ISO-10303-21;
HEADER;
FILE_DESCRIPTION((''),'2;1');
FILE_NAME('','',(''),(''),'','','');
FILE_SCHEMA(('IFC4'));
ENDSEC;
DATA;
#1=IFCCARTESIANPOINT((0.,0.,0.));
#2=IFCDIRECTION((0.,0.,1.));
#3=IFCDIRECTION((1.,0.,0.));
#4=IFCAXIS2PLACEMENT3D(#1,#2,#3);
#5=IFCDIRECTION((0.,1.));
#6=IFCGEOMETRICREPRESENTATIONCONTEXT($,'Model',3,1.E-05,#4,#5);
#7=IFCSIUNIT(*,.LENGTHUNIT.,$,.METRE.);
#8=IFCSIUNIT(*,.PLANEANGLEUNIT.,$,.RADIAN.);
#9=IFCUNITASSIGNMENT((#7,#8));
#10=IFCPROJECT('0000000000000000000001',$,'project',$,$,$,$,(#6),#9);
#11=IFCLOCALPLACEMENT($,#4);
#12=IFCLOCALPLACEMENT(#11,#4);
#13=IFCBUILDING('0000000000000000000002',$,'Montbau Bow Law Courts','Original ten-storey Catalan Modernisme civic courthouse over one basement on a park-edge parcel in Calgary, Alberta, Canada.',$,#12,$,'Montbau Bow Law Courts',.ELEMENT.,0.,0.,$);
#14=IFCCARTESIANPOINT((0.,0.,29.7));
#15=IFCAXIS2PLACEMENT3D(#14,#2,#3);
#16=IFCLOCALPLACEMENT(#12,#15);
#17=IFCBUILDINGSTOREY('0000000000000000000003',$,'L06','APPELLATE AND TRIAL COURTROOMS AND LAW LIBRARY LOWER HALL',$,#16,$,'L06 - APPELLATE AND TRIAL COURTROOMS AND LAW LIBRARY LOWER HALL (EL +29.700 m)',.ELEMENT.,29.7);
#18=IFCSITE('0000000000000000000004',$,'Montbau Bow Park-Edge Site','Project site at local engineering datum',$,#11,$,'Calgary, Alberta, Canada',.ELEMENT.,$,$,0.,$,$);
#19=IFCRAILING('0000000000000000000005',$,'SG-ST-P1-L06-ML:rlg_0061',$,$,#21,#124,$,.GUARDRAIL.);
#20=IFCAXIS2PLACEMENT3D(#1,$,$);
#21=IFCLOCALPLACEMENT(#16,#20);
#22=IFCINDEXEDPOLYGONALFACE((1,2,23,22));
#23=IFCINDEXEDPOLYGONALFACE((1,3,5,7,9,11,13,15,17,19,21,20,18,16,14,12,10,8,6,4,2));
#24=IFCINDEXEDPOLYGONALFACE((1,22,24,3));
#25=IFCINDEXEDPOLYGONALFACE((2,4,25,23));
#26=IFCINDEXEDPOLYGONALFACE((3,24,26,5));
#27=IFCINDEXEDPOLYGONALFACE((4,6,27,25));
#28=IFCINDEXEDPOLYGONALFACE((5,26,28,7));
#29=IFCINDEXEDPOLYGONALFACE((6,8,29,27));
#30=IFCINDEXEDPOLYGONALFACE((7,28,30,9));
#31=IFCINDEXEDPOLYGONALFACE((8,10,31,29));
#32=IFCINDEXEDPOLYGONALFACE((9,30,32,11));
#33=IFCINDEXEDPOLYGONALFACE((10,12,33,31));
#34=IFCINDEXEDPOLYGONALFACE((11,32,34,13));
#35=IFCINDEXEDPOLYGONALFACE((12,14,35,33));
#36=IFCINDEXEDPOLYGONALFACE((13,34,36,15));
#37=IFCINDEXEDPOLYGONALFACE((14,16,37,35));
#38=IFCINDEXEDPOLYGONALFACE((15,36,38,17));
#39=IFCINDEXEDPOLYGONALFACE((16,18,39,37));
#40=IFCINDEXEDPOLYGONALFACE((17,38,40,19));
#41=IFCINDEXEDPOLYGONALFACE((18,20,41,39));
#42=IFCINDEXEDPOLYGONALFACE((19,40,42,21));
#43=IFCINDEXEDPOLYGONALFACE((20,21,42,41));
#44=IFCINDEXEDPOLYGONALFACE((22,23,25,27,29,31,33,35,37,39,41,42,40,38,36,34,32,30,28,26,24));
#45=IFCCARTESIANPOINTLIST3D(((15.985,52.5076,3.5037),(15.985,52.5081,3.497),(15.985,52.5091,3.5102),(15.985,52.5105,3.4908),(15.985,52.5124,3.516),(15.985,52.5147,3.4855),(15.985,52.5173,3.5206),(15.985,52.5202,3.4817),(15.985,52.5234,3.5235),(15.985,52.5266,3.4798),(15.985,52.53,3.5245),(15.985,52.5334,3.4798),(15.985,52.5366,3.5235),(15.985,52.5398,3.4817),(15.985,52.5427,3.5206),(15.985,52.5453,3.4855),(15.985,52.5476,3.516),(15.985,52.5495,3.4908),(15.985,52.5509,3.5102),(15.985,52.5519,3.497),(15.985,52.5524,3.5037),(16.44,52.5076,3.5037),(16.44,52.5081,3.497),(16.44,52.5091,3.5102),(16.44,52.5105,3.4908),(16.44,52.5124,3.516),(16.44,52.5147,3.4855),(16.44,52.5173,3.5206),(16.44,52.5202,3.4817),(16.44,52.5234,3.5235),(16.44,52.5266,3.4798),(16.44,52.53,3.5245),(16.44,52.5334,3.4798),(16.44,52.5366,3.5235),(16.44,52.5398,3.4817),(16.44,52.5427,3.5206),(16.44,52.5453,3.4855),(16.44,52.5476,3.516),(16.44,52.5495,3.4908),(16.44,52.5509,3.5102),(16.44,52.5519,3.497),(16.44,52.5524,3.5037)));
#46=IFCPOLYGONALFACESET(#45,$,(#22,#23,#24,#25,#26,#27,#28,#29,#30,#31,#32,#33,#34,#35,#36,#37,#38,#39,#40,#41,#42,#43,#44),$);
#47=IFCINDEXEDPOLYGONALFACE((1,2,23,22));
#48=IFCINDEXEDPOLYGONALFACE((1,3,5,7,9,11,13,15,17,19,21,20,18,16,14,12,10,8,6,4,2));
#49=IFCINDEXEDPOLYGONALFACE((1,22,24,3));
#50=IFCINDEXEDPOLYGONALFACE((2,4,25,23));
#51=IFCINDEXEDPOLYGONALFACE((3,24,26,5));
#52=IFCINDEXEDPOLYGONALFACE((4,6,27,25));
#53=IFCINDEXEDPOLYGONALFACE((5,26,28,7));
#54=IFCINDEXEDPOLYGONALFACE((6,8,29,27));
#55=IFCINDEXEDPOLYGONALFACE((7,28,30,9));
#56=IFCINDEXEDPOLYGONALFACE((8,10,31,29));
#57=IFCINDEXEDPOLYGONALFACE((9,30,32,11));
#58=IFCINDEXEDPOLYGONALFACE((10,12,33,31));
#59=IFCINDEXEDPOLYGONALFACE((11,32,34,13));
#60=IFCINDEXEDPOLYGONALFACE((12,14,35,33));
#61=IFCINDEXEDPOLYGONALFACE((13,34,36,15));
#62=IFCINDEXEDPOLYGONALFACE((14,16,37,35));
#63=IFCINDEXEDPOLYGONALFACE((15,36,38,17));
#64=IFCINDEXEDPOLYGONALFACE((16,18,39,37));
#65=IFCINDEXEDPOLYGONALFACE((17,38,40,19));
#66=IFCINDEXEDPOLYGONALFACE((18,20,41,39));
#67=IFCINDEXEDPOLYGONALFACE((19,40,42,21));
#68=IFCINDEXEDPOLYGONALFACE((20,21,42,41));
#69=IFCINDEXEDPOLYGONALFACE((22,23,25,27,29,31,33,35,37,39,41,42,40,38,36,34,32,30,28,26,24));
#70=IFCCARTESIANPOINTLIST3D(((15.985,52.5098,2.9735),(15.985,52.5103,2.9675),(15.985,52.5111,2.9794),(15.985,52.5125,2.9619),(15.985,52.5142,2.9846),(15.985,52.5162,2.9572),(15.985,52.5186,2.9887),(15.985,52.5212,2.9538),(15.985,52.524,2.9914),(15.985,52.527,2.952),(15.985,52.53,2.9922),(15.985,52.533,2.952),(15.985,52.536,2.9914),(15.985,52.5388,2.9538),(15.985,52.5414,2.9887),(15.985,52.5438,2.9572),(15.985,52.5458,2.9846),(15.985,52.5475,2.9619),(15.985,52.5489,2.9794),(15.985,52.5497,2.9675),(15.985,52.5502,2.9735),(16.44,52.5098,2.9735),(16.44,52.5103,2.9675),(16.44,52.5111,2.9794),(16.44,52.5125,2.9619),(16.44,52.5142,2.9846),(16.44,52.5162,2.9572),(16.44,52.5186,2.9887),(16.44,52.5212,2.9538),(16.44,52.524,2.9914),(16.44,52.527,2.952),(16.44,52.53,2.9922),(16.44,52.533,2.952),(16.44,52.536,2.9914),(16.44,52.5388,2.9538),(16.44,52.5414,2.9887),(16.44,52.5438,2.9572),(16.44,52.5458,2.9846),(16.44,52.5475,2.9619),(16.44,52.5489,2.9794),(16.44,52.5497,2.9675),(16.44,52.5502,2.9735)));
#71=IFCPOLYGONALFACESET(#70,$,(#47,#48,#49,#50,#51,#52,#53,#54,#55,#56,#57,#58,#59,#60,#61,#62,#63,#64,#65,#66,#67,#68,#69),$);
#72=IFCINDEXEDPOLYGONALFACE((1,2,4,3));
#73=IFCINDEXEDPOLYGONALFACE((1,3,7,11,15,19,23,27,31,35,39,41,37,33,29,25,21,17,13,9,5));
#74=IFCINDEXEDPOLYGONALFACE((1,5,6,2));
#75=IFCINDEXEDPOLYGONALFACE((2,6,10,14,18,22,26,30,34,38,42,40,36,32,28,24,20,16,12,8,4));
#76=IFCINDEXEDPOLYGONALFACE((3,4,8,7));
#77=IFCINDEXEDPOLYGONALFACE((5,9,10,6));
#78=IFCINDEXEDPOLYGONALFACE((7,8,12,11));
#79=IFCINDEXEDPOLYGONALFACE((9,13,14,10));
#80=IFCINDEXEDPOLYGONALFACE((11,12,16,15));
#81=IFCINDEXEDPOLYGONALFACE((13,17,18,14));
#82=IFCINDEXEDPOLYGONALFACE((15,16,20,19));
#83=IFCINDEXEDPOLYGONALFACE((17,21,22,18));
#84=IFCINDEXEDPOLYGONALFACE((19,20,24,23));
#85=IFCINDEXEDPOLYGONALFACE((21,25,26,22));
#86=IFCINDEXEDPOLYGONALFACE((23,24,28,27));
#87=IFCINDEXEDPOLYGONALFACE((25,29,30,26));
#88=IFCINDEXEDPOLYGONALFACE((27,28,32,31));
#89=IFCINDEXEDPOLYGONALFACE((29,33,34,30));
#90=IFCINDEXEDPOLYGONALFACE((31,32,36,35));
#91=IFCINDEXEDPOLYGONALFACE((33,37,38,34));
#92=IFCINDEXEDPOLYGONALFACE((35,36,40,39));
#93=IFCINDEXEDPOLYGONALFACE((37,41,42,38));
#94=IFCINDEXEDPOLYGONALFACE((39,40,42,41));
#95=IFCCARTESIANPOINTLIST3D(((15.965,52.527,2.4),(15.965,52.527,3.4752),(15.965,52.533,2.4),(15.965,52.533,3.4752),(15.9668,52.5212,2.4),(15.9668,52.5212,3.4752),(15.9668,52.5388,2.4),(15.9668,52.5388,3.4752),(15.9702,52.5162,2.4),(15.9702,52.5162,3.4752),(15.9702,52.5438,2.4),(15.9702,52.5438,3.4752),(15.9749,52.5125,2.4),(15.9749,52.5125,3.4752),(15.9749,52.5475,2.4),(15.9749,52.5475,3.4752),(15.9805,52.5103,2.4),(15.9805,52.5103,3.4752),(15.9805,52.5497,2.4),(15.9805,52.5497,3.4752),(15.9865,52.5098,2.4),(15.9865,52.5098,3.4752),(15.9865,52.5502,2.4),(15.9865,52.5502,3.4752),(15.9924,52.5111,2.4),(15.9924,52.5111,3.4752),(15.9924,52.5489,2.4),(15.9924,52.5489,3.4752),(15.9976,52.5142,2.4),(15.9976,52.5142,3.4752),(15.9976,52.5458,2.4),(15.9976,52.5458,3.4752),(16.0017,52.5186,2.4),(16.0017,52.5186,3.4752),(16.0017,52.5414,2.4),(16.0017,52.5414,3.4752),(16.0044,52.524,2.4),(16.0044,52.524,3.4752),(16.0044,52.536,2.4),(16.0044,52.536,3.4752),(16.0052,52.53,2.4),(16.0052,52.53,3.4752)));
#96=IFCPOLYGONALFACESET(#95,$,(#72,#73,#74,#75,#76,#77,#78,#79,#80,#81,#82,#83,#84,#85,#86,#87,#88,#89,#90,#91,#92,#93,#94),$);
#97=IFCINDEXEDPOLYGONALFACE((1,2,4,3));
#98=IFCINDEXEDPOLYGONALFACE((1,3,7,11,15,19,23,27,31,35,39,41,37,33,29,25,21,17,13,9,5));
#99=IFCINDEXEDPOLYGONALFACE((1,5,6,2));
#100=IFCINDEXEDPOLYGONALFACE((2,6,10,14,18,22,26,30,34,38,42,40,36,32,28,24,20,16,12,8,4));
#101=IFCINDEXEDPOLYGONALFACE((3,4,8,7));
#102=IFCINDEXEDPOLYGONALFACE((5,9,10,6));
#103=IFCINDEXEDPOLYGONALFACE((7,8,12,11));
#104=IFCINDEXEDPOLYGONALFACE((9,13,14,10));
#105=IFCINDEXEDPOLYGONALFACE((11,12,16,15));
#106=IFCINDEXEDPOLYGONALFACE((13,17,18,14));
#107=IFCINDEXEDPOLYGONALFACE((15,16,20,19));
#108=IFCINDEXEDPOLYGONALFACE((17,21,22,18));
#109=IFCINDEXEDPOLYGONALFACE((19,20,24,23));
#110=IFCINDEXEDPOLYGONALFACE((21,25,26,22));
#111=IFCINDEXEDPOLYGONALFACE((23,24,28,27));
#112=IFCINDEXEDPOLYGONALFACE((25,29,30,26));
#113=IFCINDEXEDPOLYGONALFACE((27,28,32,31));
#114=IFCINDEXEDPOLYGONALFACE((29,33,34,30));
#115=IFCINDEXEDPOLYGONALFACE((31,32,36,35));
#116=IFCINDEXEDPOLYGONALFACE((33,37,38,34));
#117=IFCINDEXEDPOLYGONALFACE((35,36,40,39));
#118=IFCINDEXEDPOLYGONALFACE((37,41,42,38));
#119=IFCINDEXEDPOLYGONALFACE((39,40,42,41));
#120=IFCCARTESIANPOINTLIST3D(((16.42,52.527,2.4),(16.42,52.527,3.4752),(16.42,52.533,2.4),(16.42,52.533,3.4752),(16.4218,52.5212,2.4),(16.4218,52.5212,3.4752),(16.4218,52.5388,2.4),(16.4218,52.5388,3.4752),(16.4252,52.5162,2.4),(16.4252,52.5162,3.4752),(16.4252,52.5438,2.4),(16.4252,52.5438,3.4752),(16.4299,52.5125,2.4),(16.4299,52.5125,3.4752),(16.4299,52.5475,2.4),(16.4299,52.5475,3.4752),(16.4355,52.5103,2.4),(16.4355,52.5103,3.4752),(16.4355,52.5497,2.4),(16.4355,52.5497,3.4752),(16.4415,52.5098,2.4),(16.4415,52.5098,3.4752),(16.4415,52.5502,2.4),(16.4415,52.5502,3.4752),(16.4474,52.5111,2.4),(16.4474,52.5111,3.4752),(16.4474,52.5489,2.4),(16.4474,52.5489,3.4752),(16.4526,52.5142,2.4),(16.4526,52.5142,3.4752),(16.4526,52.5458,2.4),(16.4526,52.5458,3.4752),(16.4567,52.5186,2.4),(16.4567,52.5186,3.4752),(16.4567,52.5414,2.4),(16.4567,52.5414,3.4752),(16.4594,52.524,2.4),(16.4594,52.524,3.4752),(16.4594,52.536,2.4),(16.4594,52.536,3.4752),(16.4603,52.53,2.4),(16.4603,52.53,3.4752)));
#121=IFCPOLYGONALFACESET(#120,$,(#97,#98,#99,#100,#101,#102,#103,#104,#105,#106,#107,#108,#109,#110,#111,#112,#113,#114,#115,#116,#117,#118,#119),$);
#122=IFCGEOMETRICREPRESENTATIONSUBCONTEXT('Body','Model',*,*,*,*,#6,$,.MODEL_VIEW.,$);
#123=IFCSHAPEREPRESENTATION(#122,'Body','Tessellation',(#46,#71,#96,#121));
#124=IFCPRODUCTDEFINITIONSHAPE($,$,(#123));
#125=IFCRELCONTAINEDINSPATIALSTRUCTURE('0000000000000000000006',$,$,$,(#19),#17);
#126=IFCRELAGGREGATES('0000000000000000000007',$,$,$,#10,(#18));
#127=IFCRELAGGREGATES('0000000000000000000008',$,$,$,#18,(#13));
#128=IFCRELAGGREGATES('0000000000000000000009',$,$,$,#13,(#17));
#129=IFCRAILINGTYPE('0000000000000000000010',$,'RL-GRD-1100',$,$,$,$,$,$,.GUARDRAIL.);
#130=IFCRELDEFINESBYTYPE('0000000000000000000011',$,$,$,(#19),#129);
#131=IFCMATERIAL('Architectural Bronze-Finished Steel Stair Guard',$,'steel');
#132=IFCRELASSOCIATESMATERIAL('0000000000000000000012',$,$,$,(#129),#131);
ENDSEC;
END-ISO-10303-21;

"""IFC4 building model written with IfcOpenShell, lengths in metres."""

from ifc_helpers import new_model, si_unit, direction, frame, origin_with_axes, origin_2d_with_axis, place, context, subcontext, project, spatial, circle, extrude, material, type_object, element, save


model = new_model("IFC4")

# Units and contexts
model_context = context("Model", 3, precision=1e-05, world=origin_with_axes(), true_north=direction((0.0, 1.0)))
body_context = subcontext(model_context, "Body", "Model", "MODEL_VIEW")
ifc_project = project(units=[si_unit("LENGTHUNIT", "METRE"), si_unit("PLANEANGLEUNIT", "RADIAN")], contexts=[model_context])

# Site, building, storey
site_placement = place(None, origin_with_axes())
site = spatial("IfcSite", under=ifc_project, at=site_placement, Name="Montbau Bow Park-Edge Site", Description="Project site at local engineering datum", LongName="Calgary, Alberta, Canada", CompositionType="ELEMENT", RefElevation=0.0)
building_placement = place(site_placement, origin_with_axes())
building = spatial("IfcBuilding", under=site, at=building_placement, Name="Montbau Bow Law Courts", Description="Original ten-storey Catalan Modernisme civic courthouse over one basement on a park-edge parcel in Calgary, Alberta, Canada.", LongName="Montbau Bow Law Courts", CompositionType="ELEMENT", ElevationOfRefHeight=0.0, ElevationOfTerrain=0.0)
storey_placement = place(building_placement, frame((0.0, 0.0, 29.7), z_axis=(0.0, 0.0, 1.0), x_axis=(1.0, 0.0, 0.0)))
storey = spatial("IfcBuildingStorey", under=building, at=storey_placement, Name="L06", Description="APPELLATE AND TRIAL COURTROOMS AND LAW LIBRARY LOWER HALL", LongName="L06 - APPELLATE AND TRIAL COURTROOMS AND LAW LIBRARY LOWER HALL (EL +29.700 m)", CompositionType="ELEMENT", Elevation=29.7)

# Railing
ifc_material_1 = material(Name="Architectural Bronze-Finished Steel Stair Guard", Category="steel")
railing_type_1 = type_object("IfcRailingType", Name="RL-GRD-1100", PredefinedType="GUARDRAIL", material=ifc_material_1)
railing_1_placement = place(None, origin_with_axes())
element("IfcRailing", 1, at=railing_1_placement, inside=storey, type_object=railing_type_1, Name="SG-ST-P1-L06-ML:rlg_0061", PredefinedType="GUARDRAIL", context=body_context, shape_type="SweptSolid", body=[
    extrude(circle(Radius=0.0225, at=origin_2d_with_axis()), frame((15.985, 52.53, 33.202), z_axis=(1.0, 0.0, 0.0), x_axis=(0.0, 0.0, 1.0)), (0.0, 0.0, 1.0), 0.455),
    extrude(circle(Radius=0.0203, at=origin_2d_with_axis()), frame((15.985, 52.53, 32.672), z_axis=(1.0, 0.0, 0.0), x_axis=(0.0, 0.0, 1.0)), (0.0, 0.0, 1.0), 0.455),
    extrude(circle(Radius=0.0203, at=origin_2d_with_axis()), frame((15.985, 52.53, 32.1), z_axis=(0.0, 0.0, 1.0), x_axis=(1.0, 0.0, 0.0)), (0.0, 0.0, 1.0), 1.0753),
    extrude(circle(Radius=0.0203, at=origin_2d_with_axis()), frame((16.44, 52.53, 32.1), z_axis=(0.0, 0.0, 1.0), x_axis=(1.0, 0.0, 0.0)), (0.0, 0.0, 1.0), 1.0753),
])

save(model, "model.ifc")
